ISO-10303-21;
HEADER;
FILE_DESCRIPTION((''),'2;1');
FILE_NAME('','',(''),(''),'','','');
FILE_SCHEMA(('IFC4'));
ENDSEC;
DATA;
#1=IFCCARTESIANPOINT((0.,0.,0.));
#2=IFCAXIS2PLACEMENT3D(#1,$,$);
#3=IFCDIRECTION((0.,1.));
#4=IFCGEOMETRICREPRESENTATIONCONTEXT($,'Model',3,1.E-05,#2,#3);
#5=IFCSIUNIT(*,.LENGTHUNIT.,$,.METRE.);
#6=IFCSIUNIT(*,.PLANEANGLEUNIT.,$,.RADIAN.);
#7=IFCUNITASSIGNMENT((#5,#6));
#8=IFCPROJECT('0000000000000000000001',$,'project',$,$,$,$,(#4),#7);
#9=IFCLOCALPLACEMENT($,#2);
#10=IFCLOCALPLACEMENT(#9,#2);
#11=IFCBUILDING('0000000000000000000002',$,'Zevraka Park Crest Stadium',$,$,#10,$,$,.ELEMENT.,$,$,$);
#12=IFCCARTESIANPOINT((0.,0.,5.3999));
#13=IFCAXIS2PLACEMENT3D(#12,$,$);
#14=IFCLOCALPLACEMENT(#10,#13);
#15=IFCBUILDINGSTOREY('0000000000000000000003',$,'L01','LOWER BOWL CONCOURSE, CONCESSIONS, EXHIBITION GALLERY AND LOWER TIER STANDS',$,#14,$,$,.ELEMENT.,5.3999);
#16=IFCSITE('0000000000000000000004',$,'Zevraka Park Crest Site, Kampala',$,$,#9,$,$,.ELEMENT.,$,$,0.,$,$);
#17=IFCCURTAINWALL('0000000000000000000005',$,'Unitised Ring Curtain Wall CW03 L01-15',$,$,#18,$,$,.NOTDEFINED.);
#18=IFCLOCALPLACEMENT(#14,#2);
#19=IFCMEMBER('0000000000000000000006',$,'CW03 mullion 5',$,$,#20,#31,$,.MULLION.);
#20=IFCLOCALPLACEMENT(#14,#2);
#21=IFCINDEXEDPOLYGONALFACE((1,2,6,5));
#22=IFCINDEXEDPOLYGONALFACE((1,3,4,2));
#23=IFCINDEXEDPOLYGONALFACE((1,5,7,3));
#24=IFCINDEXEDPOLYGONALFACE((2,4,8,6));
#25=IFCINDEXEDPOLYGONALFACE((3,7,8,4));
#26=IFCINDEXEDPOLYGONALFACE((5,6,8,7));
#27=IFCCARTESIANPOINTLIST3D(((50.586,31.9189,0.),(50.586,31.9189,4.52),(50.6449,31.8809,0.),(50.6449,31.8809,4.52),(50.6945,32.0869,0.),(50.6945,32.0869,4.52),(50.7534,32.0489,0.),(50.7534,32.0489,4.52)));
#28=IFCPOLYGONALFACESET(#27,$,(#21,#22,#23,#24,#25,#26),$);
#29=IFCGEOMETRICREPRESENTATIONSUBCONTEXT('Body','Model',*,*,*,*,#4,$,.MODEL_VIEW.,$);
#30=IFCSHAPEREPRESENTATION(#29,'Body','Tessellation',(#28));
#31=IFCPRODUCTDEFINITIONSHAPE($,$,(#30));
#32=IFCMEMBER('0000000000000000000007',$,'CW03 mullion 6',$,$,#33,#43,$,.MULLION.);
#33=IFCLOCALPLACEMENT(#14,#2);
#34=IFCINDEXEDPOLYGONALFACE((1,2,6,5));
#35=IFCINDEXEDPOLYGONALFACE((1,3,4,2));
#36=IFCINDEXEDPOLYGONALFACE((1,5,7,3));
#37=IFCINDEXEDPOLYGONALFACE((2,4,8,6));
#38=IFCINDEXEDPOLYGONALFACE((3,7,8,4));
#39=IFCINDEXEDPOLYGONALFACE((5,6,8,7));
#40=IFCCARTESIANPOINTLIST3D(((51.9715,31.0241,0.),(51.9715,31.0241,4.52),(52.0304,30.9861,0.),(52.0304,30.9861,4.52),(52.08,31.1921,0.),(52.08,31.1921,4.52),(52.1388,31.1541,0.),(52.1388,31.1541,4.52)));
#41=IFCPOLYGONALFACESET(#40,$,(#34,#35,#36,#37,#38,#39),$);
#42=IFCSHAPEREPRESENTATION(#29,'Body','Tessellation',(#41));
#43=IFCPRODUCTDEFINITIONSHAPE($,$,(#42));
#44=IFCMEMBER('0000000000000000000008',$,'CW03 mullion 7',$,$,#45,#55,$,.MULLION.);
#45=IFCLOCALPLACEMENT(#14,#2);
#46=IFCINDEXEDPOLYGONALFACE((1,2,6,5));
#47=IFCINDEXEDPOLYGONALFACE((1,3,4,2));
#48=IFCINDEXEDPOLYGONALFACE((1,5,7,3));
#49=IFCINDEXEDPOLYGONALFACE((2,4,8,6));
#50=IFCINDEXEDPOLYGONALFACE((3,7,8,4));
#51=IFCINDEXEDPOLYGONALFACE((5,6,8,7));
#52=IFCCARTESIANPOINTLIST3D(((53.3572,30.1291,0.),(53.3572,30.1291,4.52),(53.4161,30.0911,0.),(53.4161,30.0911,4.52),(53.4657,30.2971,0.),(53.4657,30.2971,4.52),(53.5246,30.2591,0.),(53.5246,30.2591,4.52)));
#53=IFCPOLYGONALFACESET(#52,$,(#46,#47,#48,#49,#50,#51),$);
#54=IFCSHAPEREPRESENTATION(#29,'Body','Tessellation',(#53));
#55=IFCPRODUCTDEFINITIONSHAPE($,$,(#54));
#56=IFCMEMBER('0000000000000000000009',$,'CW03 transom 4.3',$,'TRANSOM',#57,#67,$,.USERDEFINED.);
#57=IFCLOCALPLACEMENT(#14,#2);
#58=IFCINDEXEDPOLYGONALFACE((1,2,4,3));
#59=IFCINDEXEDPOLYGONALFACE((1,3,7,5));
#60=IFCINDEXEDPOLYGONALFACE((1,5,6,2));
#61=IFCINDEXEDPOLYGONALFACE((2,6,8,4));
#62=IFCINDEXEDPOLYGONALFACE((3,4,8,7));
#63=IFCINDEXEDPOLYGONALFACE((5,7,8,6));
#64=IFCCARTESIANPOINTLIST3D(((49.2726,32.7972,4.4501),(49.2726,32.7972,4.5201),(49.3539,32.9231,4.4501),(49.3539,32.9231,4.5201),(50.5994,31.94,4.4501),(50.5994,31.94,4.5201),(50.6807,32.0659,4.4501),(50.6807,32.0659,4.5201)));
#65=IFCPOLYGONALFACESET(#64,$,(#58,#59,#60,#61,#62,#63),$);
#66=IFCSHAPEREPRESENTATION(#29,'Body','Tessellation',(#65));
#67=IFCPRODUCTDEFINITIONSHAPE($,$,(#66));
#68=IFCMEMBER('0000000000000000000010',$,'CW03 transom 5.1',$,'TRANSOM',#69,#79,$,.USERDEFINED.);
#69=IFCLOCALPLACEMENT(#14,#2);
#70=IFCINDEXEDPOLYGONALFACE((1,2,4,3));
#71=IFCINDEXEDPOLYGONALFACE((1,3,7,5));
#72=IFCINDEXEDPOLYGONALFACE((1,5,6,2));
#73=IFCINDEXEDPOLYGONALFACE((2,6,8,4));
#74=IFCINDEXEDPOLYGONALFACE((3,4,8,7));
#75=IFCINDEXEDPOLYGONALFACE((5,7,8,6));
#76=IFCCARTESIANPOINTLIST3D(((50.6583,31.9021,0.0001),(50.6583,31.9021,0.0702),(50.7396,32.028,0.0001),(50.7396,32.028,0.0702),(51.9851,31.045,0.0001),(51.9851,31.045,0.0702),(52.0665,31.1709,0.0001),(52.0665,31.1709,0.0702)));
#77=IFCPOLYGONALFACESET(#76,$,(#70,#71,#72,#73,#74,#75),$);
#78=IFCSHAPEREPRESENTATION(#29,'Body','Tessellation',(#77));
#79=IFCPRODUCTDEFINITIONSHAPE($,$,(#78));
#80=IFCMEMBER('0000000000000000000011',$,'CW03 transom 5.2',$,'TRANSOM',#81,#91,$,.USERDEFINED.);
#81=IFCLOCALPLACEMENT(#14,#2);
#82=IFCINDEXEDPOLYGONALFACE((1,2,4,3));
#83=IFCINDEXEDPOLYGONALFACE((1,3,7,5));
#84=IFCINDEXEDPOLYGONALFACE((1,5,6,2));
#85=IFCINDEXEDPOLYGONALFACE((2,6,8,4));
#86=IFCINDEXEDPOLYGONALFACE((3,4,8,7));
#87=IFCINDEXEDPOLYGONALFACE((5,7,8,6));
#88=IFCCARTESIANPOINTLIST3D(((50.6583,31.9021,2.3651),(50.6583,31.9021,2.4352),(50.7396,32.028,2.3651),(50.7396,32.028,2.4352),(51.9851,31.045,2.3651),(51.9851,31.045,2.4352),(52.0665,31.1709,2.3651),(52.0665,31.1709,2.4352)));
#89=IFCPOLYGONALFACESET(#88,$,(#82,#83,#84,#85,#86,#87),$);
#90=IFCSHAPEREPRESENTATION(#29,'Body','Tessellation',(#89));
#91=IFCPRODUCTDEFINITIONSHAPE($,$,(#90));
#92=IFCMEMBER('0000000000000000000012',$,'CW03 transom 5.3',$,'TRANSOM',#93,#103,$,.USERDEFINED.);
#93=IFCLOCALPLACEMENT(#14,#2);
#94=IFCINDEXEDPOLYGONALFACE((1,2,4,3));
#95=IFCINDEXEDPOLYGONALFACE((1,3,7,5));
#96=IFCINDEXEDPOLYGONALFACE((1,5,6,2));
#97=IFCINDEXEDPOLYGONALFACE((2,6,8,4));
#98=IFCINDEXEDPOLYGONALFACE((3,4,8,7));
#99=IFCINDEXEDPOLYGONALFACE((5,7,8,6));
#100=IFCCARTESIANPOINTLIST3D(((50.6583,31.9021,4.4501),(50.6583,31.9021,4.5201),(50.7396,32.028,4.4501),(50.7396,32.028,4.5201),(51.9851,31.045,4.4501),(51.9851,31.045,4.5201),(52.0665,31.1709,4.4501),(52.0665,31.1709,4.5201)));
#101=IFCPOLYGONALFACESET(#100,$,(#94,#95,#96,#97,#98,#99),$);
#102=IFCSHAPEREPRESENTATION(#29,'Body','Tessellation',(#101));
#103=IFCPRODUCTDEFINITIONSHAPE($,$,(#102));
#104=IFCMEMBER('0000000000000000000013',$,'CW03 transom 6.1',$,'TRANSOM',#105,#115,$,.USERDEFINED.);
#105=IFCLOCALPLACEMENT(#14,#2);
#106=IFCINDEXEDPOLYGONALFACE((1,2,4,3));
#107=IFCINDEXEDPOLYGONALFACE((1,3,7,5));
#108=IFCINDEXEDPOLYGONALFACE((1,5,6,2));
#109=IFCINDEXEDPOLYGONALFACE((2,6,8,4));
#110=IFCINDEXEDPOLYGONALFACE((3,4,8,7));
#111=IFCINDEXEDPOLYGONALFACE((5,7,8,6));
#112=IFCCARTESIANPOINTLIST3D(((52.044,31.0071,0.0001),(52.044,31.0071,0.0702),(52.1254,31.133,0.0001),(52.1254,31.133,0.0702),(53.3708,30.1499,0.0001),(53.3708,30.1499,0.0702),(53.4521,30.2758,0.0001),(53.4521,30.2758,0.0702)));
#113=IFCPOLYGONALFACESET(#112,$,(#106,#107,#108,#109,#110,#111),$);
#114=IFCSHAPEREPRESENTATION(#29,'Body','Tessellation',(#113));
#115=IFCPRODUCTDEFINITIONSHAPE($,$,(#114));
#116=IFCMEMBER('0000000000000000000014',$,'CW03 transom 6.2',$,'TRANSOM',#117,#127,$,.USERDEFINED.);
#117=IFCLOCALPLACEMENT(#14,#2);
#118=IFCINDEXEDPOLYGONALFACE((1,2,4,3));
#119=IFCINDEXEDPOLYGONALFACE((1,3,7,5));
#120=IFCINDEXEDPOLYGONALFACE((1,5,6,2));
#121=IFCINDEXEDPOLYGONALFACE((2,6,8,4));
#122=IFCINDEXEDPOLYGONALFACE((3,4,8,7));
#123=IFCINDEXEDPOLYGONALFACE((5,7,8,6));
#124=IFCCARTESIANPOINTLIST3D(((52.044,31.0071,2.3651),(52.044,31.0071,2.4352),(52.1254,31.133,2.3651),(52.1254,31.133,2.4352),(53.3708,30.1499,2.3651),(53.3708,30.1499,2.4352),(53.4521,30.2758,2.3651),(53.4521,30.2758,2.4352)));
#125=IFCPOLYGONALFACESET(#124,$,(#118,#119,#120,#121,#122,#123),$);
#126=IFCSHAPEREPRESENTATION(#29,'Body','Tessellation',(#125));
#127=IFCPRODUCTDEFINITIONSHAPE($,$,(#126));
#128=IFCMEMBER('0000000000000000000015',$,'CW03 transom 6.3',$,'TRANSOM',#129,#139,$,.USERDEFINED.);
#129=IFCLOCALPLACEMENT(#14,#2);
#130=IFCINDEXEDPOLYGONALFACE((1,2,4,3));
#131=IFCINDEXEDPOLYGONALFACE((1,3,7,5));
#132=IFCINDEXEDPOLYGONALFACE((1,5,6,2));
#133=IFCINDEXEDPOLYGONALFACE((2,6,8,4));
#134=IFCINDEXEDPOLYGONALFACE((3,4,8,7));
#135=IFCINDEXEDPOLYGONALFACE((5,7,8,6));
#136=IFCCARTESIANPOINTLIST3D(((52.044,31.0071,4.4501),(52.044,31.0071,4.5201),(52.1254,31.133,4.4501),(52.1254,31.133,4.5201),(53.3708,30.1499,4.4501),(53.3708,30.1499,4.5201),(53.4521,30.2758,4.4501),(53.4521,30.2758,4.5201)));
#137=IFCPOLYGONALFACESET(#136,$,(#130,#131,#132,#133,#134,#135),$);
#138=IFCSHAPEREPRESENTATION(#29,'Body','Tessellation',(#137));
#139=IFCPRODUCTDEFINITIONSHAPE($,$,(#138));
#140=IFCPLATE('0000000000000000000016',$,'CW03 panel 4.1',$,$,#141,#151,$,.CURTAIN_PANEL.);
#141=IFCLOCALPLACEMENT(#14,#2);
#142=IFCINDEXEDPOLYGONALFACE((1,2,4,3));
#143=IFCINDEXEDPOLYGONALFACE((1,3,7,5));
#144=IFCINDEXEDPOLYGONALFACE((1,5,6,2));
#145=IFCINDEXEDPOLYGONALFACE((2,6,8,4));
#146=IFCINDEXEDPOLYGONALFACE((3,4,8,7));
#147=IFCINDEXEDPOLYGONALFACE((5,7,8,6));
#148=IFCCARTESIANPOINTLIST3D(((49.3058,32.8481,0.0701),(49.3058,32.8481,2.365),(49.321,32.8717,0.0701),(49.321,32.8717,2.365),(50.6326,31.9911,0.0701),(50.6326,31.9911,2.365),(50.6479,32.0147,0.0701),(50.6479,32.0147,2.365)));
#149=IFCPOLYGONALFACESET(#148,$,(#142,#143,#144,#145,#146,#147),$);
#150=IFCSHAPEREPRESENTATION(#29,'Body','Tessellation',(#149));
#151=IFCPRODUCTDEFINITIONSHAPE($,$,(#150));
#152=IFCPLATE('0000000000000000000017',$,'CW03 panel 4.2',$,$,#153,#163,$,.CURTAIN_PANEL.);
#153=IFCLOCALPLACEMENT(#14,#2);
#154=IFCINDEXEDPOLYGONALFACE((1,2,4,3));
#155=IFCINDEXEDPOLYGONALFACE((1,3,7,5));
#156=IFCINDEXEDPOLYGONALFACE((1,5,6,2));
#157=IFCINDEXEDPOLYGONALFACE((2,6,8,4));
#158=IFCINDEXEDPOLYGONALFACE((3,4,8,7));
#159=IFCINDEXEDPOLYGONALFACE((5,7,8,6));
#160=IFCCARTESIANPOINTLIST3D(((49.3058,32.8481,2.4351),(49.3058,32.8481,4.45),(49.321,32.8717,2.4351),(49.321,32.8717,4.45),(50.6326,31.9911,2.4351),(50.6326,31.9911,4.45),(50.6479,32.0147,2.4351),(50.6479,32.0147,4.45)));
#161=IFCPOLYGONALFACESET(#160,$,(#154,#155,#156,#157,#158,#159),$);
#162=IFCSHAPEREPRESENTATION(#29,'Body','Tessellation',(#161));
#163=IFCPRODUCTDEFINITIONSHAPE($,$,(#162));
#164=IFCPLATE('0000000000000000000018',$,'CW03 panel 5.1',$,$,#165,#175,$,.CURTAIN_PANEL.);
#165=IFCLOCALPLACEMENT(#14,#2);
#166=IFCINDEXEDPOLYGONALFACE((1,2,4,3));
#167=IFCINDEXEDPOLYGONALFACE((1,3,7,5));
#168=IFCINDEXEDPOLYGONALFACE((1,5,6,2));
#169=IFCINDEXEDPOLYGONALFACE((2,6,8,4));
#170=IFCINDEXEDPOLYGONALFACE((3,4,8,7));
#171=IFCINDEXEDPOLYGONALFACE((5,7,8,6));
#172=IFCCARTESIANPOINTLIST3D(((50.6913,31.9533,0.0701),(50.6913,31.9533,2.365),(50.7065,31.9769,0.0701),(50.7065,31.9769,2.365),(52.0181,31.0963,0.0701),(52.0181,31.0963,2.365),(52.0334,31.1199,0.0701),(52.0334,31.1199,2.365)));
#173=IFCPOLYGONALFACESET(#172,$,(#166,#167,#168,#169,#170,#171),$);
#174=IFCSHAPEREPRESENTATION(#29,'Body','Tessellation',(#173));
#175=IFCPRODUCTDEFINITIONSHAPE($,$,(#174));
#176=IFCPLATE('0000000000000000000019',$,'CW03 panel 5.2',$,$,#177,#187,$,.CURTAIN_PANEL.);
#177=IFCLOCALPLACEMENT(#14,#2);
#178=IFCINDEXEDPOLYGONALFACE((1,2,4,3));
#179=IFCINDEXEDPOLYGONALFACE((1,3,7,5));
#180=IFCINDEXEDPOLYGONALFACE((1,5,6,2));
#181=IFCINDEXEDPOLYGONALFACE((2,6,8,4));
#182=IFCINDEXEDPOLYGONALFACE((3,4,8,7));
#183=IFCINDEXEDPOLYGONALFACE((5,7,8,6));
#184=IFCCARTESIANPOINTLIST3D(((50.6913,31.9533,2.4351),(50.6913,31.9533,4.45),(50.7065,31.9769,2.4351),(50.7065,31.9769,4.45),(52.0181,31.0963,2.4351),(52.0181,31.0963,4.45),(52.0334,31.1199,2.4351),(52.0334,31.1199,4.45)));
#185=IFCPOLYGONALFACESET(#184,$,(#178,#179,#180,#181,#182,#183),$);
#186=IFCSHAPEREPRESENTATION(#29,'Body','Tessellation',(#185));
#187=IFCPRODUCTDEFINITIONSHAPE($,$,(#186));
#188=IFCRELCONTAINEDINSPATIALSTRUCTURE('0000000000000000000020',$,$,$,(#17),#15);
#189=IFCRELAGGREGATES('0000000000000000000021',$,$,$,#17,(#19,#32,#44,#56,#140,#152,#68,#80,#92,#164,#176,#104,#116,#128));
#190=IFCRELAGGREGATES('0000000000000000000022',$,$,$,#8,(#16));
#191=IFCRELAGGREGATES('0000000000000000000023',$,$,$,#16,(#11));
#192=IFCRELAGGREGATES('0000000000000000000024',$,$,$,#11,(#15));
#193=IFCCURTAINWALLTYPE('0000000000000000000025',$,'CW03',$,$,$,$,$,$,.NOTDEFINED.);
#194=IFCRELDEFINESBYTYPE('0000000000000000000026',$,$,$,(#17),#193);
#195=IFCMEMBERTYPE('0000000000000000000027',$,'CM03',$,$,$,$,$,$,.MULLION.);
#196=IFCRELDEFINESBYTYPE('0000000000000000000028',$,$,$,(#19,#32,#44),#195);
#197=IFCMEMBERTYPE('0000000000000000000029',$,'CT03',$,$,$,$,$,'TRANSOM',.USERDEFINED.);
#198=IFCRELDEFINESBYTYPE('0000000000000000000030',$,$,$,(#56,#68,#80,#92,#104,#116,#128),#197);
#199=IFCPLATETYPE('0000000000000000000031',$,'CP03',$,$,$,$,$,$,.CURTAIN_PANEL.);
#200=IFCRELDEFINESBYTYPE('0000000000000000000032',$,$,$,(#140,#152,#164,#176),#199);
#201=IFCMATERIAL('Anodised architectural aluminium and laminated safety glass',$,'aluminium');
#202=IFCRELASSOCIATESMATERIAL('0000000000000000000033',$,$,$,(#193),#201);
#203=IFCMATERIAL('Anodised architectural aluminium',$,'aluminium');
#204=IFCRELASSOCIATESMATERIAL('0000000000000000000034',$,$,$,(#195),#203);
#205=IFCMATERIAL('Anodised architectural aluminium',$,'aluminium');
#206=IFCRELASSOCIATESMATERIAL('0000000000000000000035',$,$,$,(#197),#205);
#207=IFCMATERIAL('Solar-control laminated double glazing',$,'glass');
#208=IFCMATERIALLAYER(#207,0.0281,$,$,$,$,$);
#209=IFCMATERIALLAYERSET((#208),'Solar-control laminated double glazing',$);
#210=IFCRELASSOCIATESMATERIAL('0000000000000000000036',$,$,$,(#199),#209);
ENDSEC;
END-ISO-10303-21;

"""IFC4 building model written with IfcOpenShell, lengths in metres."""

from ifc_helpers import new_model, si_unit, direction, frame, origin, origin_2d, place, context, subcontext, project, spatial, rectangle, extrude, material, layer, layer_set, material_profile, profile_set, type_object, element, aggregate, save


model = new_model("IFC4")

# Units and contexts
model_context = context("Model", 3, precision=1e-05, world=origin(), true_north=direction((0.0, 1.0)))
body_context = subcontext(model_context, "Body", "Model", "MODEL_VIEW")
ifc_project = project(units=[si_unit("LENGTHUNIT", "METRE"), si_unit("PLANEANGLEUNIT", "RADIAN")], contexts=[model_context])

# Site, building, storey
site_placement = place(None, origin())
site = spatial("IfcSite", under=ifc_project, at=site_placement, Name="Zevraka Park Crest Site, Kampala", CompositionType="ELEMENT", RefElevation=0.0)
building_placement = place(site_placement, origin())
building = spatial("IfcBuilding", under=site, at=building_placement, Name="Zevraka Park Crest Stadium", CompositionType="ELEMENT")
storey_placement = place(building_placement, frame((0.0, 0.0, 5.3999)))
storey = spatial("IfcBuildingStorey", under=building, at=storey_placement, Name="L01", Description="LOWER BOWL CONCOURSE, CONCESSIONS, EXHIBITION GALLERY AND LOWER TIER STANDS", CompositionType="ELEMENT", Elevation=5.3999)

# Curtain wall, members, plates
ifc_material_1 = material(Name="Anodised architectural aluminium and laminated safety glass", Category="aluminium")
curtain_wall_type = type_object("IfcCurtainWallType", Name="CW03", PredefinedType="NOTDEFINED", material=ifc_material_1)
curtain_wall_placement = place(storey_placement, origin())
curtain_wall = element("IfcCurtainWall", 1, at=curtain_wall_placement, inside=storey, type_object=curtain_wall_type, Name="Unitised Ring Curtain Wall CW03 L01-15", PredefinedType="NOTDEFINED")
ifc_material_2 = material(Name="Anodised architectural aluminium", Category="aluminium")
ifc_material_profile_1 = material_profile(ifc_material_2, rectangle(XDim=0.2, YDim=0.0701, at=origin_2d()), Name="ALU MULLION 200x70")
ifc_profile_set_1 = profile_set([ifc_material_profile_1], Name="Anodised architectural aluminium")
member_type_1 = type_object("IfcMemberType", Name="CM03", PredefinedType="MULLION", material=ifc_profile_set_1)
member_1_placement = place(storey_placement, frame((50.6697, 31.9839, 0.0), z_axis=(0.0, 0.0, 1.0), x_axis=(0.542571, 0.84001, 0.0)))
member_1 = element("IfcMember", 2, at=member_1_placement, type_object=member_type_1, Name="CW03 mullion 5", PredefinedType="MULLION", context=body_context, shape_type="SweptSolid", body=[
    extrude(rectangle(XDim=0.2, YDim=0.0701, at=origin_2d()), origin(), (0.0, 0.0, 1.0), 4.52),
])
member_2_placement = place(storey_placement, frame((52.0552, 31.0891, 0.0), z_axis=(0.0, 0.0, 1.0), x_axis=(0.542571, 0.84001, 0.0)))
member_2 = element("IfcMember", 3, at=member_2_placement, type_object=member_type_1, Name="CW03 mullion 6", PredefinedType="MULLION", context=body_context, shape_type="SweptSolid", body=[
    extrude(rectangle(XDim=0.2, YDim=0.0701, at=origin_2d()), origin(), (0.0, 0.0, 1.0), 4.52),
])
member_3_placement = place(storey_placement, frame((53.4409, 30.1941, 0.0), z_axis=(0.0, 0.0, 1.0), x_axis=(0.542571, 0.84001, 0.0)))
member_3 = element("IfcMember", 4, at=member_3_placement, type_object=member_type_1, Name="CW03 mullion 7", PredefinedType="MULLION", context=body_context, shape_type="SweptSolid", body=[
    extrude(rectangle(XDim=0.2, YDim=0.0701, at=origin_2d()), origin(), (0.0, 0.0, 1.0), 4.52),
])
ifc_material_3 = material(Name="Anodised architectural aluminium", Category="aluminium")
ifc_material_profile_2 = material_profile(ifc_material_3, rectangle(XDim=0.1499, YDim=0.0701, at=origin_2d()), Name="ALU TRANSOM 150x70")
ifc_profile_set_2 = profile_set([ifc_material_profile_2], Name="Anodised architectural aluminium")
member_type_2 = type_object("IfcMemberType", Name="CT03", ElementType="TRANSOM", PredefinedType="USERDEFINED", material=ifc_profile_set_2)
member_4_placement = place(storey_placement, frame((49.3132, 32.8601, 4.4851), z_axis=(0.839976, -0.542623, 0.0), x_axis=(0.542623, 0.839976, 0.0)))
member_4 = element("IfcMember", 5, at=member_4_placement, type_object=member_type_2, Name="CW03 transom 4.3", ObjectType="TRANSOM", PredefinedType="USERDEFINED", context=body_context, shape_type="SweptSolid", body=[
    extrude(rectangle(XDim=0.1499, YDim=0.0701, at=origin_2d()), origin(), (0.0, 0.0, 1.0), 1.5796),
])
member_5_placement = place(storey_placement, frame((50.699, 31.9651, 0.0352), z_axis=(0.839976, -0.542623, 0.0), x_axis=(0.542623, 0.839976, 0.0)))
member_5 = element("IfcMember", 6, at=member_5_placement, type_object=member_type_2, Name="CW03 transom 5.1", ObjectType="TRANSOM", PredefinedType="USERDEFINED", context=body_context, shape_type="SweptSolid", body=[
    extrude(rectangle(XDim=0.1499, YDim=0.0701, at=origin_2d()), origin(), (0.0, 0.0, 1.0), 1.5796),
])
member_6_placement = place(storey_placement, frame((50.699, 31.9651, 2.4001), z_axis=(0.839976, -0.542623, 0.0), x_axis=(0.542623, 0.839976, 0.0)))
member_6 = element("IfcMember", 7, at=member_6_placement, type_object=member_type_2, Name="CW03 transom 5.2", ObjectType="TRANSOM", PredefinedType="USERDEFINED", context=body_context, shape_type="SweptSolid", body=[
    extrude(rectangle(XDim=0.1499, YDim=0.0701, at=origin_2d()), origin(), (0.0, 0.0, 1.0), 1.5796),
])
member_7_placement = place(storey_placement, frame((50.699, 31.9651, 4.4851), z_axis=(0.839976, -0.542623, 0.0), x_axis=(0.542623, 0.839976, 0.0)))
member_7 = element("IfcMember", 8, at=member_7_placement, type_object=member_type_2, Name="CW03 transom 5.3", ObjectType="TRANSOM", PredefinedType="USERDEFINED", context=body_context, shape_type="SweptSolid", body=[
    extrude(rectangle(XDim=0.1499, YDim=0.0701, at=origin_2d()), origin(), (0.0, 0.0, 1.0), 1.5796),
])
member_8_placement = place(storey_placement, frame((52.0847, 31.0701, 0.0352), z_axis=(0.839931, -0.542694, 0.0), x_axis=(0.542694, 0.839931, 0.0)))
member_8 = element("IfcMember", 9, at=member_8_placement, type_object=member_type_2, Name="CW03 transom 6.1", ObjectType="TRANSOM", PredefinedType="USERDEFINED", context=body_context, shape_type="SweptSolid", body=[
    extrude(rectangle(XDim=0.1499, YDim=0.0701, at=origin_2d()), origin(), (0.0, 0.0, 1.0), 1.5796),
])
member_9_placement = place(storey_placement, frame((52.0847, 31.0701, 2.4001), z_axis=(0.839931, -0.542694, 0.0), x_axis=(0.542694, 0.839931, 0.0)))
member_9 = element("IfcMember", 10, at=member_9_placement, type_object=member_type_2, Name="CW03 transom 6.2", ObjectType="TRANSOM", PredefinedType="USERDEFINED", context=body_context, shape_type="SweptSolid", body=[
    extrude(rectangle(XDim=0.1499, YDim=0.0701, at=origin_2d()), origin(), (0.0, 0.0, 1.0), 1.5796),
])
member_10_placement = place(storey_placement, frame((52.0847, 31.0701, 4.4851), z_axis=(0.839931, -0.542694, 0.0), x_axis=(0.542694, 0.839931, 0.0)))
member_10 = element("IfcMember", 11, at=member_10_placement, type_object=member_type_2, Name="CW03 transom 6.3", ObjectType="TRANSOM", PredefinedType="USERDEFINED", context=body_context, shape_type="SweptSolid", body=[
    extrude(rectangle(XDim=0.1499, YDim=0.0701, at=origin_2d()), origin(), (0.0, 0.0, 1.0), 1.5796),
])
ifc_material_4 = material(Name="Solar-control laminated double glazing", Category="glass")
ifc_layer_1 = layer(ifc_material_4, 0.0281)
ifc_layer_set_1 = layer_set([ifc_layer_1], Name="Solar-control laminated double glazing")
plate_type = type_object("IfcPlateType", Name="CP03", PredefinedType="CURTAIN_PANEL", material=ifc_layer_set_1)
plate_1_placement = place(storey_placement, frame((49.9768, 32.4314, 0.0701), z_axis=(0.0, 0.0, 1.0), x_axis=(0.84001, -0.542571, 0.0)))
plate_1 = element("IfcPlate", 12, at=plate_1_placement, type_object=plate_type, Name="CW03 panel 4.1", PredefinedType="CURTAIN_PANEL", context=body_context, shape_type="SweptSolid", body=[
    extrude(rectangle(XDim=1.5796, YDim=0.0281, at=origin_2d()), origin(), (0.0, 0.0, 1.0), 2.2949),
])
plate_2_placement = place(storey_placement, frame((49.9768, 32.4314, 2.4351), z_axis=(0.0, 0.0, 1.0), x_axis=(0.84001, -0.542571, 0.0)))
plate_2 = element("IfcPlate", 13, at=plate_2_placement, type_object=plate_type, Name="CW03 panel 4.2", PredefinedType="CURTAIN_PANEL", context=body_context, shape_type="SweptSolid", body=[
    extrude(rectangle(XDim=1.5796, YDim=0.0281, at=origin_2d()), origin(), (0.0, 0.0, 1.0), 2.0149),
])
plate_3_placement = place(storey_placement, frame((51.3623, 31.5366, 0.0701), z_axis=(0.0, 0.0, 1.0), x_axis=(0.84001, -0.542571, 0.0)))
plate_3 = element("IfcPlate", 14, at=plate_3_placement, type_object=plate_type, Name="CW03 panel 5.1", PredefinedType="CURTAIN_PANEL", context=body_context, shape_type="SweptSolid", body=[
    extrude(rectangle(XDim=1.5796, YDim=0.0281, at=origin_2d()), origin(), (0.0, 0.0, 1.0), 2.2949),
])
plate_4_placement = place(storey_placement, frame((51.3623, 31.5366, 2.4351), z_axis=(0.0, 0.0, 1.0), x_axis=(0.84001, -0.542571, 0.0)))
plate_4 = element("IfcPlate", 15, at=plate_4_placement, type_object=plate_type, Name="CW03 panel 5.2", PredefinedType="CURTAIN_PANEL", context=body_context, shape_type="SweptSolid", body=[
    extrude(rectangle(XDim=1.5796, YDim=0.0281, at=origin_2d()), origin(), (0.0, 0.0, 1.0), 2.0149),
])
aggregate(curtain_wall, [member_1, member_2, member_3, member_4, plate_1, plate_2, member_5, member_6, member_7, plate_3, plate_4, member_8, member_9, member_10])

save(model, "model.ifc")
